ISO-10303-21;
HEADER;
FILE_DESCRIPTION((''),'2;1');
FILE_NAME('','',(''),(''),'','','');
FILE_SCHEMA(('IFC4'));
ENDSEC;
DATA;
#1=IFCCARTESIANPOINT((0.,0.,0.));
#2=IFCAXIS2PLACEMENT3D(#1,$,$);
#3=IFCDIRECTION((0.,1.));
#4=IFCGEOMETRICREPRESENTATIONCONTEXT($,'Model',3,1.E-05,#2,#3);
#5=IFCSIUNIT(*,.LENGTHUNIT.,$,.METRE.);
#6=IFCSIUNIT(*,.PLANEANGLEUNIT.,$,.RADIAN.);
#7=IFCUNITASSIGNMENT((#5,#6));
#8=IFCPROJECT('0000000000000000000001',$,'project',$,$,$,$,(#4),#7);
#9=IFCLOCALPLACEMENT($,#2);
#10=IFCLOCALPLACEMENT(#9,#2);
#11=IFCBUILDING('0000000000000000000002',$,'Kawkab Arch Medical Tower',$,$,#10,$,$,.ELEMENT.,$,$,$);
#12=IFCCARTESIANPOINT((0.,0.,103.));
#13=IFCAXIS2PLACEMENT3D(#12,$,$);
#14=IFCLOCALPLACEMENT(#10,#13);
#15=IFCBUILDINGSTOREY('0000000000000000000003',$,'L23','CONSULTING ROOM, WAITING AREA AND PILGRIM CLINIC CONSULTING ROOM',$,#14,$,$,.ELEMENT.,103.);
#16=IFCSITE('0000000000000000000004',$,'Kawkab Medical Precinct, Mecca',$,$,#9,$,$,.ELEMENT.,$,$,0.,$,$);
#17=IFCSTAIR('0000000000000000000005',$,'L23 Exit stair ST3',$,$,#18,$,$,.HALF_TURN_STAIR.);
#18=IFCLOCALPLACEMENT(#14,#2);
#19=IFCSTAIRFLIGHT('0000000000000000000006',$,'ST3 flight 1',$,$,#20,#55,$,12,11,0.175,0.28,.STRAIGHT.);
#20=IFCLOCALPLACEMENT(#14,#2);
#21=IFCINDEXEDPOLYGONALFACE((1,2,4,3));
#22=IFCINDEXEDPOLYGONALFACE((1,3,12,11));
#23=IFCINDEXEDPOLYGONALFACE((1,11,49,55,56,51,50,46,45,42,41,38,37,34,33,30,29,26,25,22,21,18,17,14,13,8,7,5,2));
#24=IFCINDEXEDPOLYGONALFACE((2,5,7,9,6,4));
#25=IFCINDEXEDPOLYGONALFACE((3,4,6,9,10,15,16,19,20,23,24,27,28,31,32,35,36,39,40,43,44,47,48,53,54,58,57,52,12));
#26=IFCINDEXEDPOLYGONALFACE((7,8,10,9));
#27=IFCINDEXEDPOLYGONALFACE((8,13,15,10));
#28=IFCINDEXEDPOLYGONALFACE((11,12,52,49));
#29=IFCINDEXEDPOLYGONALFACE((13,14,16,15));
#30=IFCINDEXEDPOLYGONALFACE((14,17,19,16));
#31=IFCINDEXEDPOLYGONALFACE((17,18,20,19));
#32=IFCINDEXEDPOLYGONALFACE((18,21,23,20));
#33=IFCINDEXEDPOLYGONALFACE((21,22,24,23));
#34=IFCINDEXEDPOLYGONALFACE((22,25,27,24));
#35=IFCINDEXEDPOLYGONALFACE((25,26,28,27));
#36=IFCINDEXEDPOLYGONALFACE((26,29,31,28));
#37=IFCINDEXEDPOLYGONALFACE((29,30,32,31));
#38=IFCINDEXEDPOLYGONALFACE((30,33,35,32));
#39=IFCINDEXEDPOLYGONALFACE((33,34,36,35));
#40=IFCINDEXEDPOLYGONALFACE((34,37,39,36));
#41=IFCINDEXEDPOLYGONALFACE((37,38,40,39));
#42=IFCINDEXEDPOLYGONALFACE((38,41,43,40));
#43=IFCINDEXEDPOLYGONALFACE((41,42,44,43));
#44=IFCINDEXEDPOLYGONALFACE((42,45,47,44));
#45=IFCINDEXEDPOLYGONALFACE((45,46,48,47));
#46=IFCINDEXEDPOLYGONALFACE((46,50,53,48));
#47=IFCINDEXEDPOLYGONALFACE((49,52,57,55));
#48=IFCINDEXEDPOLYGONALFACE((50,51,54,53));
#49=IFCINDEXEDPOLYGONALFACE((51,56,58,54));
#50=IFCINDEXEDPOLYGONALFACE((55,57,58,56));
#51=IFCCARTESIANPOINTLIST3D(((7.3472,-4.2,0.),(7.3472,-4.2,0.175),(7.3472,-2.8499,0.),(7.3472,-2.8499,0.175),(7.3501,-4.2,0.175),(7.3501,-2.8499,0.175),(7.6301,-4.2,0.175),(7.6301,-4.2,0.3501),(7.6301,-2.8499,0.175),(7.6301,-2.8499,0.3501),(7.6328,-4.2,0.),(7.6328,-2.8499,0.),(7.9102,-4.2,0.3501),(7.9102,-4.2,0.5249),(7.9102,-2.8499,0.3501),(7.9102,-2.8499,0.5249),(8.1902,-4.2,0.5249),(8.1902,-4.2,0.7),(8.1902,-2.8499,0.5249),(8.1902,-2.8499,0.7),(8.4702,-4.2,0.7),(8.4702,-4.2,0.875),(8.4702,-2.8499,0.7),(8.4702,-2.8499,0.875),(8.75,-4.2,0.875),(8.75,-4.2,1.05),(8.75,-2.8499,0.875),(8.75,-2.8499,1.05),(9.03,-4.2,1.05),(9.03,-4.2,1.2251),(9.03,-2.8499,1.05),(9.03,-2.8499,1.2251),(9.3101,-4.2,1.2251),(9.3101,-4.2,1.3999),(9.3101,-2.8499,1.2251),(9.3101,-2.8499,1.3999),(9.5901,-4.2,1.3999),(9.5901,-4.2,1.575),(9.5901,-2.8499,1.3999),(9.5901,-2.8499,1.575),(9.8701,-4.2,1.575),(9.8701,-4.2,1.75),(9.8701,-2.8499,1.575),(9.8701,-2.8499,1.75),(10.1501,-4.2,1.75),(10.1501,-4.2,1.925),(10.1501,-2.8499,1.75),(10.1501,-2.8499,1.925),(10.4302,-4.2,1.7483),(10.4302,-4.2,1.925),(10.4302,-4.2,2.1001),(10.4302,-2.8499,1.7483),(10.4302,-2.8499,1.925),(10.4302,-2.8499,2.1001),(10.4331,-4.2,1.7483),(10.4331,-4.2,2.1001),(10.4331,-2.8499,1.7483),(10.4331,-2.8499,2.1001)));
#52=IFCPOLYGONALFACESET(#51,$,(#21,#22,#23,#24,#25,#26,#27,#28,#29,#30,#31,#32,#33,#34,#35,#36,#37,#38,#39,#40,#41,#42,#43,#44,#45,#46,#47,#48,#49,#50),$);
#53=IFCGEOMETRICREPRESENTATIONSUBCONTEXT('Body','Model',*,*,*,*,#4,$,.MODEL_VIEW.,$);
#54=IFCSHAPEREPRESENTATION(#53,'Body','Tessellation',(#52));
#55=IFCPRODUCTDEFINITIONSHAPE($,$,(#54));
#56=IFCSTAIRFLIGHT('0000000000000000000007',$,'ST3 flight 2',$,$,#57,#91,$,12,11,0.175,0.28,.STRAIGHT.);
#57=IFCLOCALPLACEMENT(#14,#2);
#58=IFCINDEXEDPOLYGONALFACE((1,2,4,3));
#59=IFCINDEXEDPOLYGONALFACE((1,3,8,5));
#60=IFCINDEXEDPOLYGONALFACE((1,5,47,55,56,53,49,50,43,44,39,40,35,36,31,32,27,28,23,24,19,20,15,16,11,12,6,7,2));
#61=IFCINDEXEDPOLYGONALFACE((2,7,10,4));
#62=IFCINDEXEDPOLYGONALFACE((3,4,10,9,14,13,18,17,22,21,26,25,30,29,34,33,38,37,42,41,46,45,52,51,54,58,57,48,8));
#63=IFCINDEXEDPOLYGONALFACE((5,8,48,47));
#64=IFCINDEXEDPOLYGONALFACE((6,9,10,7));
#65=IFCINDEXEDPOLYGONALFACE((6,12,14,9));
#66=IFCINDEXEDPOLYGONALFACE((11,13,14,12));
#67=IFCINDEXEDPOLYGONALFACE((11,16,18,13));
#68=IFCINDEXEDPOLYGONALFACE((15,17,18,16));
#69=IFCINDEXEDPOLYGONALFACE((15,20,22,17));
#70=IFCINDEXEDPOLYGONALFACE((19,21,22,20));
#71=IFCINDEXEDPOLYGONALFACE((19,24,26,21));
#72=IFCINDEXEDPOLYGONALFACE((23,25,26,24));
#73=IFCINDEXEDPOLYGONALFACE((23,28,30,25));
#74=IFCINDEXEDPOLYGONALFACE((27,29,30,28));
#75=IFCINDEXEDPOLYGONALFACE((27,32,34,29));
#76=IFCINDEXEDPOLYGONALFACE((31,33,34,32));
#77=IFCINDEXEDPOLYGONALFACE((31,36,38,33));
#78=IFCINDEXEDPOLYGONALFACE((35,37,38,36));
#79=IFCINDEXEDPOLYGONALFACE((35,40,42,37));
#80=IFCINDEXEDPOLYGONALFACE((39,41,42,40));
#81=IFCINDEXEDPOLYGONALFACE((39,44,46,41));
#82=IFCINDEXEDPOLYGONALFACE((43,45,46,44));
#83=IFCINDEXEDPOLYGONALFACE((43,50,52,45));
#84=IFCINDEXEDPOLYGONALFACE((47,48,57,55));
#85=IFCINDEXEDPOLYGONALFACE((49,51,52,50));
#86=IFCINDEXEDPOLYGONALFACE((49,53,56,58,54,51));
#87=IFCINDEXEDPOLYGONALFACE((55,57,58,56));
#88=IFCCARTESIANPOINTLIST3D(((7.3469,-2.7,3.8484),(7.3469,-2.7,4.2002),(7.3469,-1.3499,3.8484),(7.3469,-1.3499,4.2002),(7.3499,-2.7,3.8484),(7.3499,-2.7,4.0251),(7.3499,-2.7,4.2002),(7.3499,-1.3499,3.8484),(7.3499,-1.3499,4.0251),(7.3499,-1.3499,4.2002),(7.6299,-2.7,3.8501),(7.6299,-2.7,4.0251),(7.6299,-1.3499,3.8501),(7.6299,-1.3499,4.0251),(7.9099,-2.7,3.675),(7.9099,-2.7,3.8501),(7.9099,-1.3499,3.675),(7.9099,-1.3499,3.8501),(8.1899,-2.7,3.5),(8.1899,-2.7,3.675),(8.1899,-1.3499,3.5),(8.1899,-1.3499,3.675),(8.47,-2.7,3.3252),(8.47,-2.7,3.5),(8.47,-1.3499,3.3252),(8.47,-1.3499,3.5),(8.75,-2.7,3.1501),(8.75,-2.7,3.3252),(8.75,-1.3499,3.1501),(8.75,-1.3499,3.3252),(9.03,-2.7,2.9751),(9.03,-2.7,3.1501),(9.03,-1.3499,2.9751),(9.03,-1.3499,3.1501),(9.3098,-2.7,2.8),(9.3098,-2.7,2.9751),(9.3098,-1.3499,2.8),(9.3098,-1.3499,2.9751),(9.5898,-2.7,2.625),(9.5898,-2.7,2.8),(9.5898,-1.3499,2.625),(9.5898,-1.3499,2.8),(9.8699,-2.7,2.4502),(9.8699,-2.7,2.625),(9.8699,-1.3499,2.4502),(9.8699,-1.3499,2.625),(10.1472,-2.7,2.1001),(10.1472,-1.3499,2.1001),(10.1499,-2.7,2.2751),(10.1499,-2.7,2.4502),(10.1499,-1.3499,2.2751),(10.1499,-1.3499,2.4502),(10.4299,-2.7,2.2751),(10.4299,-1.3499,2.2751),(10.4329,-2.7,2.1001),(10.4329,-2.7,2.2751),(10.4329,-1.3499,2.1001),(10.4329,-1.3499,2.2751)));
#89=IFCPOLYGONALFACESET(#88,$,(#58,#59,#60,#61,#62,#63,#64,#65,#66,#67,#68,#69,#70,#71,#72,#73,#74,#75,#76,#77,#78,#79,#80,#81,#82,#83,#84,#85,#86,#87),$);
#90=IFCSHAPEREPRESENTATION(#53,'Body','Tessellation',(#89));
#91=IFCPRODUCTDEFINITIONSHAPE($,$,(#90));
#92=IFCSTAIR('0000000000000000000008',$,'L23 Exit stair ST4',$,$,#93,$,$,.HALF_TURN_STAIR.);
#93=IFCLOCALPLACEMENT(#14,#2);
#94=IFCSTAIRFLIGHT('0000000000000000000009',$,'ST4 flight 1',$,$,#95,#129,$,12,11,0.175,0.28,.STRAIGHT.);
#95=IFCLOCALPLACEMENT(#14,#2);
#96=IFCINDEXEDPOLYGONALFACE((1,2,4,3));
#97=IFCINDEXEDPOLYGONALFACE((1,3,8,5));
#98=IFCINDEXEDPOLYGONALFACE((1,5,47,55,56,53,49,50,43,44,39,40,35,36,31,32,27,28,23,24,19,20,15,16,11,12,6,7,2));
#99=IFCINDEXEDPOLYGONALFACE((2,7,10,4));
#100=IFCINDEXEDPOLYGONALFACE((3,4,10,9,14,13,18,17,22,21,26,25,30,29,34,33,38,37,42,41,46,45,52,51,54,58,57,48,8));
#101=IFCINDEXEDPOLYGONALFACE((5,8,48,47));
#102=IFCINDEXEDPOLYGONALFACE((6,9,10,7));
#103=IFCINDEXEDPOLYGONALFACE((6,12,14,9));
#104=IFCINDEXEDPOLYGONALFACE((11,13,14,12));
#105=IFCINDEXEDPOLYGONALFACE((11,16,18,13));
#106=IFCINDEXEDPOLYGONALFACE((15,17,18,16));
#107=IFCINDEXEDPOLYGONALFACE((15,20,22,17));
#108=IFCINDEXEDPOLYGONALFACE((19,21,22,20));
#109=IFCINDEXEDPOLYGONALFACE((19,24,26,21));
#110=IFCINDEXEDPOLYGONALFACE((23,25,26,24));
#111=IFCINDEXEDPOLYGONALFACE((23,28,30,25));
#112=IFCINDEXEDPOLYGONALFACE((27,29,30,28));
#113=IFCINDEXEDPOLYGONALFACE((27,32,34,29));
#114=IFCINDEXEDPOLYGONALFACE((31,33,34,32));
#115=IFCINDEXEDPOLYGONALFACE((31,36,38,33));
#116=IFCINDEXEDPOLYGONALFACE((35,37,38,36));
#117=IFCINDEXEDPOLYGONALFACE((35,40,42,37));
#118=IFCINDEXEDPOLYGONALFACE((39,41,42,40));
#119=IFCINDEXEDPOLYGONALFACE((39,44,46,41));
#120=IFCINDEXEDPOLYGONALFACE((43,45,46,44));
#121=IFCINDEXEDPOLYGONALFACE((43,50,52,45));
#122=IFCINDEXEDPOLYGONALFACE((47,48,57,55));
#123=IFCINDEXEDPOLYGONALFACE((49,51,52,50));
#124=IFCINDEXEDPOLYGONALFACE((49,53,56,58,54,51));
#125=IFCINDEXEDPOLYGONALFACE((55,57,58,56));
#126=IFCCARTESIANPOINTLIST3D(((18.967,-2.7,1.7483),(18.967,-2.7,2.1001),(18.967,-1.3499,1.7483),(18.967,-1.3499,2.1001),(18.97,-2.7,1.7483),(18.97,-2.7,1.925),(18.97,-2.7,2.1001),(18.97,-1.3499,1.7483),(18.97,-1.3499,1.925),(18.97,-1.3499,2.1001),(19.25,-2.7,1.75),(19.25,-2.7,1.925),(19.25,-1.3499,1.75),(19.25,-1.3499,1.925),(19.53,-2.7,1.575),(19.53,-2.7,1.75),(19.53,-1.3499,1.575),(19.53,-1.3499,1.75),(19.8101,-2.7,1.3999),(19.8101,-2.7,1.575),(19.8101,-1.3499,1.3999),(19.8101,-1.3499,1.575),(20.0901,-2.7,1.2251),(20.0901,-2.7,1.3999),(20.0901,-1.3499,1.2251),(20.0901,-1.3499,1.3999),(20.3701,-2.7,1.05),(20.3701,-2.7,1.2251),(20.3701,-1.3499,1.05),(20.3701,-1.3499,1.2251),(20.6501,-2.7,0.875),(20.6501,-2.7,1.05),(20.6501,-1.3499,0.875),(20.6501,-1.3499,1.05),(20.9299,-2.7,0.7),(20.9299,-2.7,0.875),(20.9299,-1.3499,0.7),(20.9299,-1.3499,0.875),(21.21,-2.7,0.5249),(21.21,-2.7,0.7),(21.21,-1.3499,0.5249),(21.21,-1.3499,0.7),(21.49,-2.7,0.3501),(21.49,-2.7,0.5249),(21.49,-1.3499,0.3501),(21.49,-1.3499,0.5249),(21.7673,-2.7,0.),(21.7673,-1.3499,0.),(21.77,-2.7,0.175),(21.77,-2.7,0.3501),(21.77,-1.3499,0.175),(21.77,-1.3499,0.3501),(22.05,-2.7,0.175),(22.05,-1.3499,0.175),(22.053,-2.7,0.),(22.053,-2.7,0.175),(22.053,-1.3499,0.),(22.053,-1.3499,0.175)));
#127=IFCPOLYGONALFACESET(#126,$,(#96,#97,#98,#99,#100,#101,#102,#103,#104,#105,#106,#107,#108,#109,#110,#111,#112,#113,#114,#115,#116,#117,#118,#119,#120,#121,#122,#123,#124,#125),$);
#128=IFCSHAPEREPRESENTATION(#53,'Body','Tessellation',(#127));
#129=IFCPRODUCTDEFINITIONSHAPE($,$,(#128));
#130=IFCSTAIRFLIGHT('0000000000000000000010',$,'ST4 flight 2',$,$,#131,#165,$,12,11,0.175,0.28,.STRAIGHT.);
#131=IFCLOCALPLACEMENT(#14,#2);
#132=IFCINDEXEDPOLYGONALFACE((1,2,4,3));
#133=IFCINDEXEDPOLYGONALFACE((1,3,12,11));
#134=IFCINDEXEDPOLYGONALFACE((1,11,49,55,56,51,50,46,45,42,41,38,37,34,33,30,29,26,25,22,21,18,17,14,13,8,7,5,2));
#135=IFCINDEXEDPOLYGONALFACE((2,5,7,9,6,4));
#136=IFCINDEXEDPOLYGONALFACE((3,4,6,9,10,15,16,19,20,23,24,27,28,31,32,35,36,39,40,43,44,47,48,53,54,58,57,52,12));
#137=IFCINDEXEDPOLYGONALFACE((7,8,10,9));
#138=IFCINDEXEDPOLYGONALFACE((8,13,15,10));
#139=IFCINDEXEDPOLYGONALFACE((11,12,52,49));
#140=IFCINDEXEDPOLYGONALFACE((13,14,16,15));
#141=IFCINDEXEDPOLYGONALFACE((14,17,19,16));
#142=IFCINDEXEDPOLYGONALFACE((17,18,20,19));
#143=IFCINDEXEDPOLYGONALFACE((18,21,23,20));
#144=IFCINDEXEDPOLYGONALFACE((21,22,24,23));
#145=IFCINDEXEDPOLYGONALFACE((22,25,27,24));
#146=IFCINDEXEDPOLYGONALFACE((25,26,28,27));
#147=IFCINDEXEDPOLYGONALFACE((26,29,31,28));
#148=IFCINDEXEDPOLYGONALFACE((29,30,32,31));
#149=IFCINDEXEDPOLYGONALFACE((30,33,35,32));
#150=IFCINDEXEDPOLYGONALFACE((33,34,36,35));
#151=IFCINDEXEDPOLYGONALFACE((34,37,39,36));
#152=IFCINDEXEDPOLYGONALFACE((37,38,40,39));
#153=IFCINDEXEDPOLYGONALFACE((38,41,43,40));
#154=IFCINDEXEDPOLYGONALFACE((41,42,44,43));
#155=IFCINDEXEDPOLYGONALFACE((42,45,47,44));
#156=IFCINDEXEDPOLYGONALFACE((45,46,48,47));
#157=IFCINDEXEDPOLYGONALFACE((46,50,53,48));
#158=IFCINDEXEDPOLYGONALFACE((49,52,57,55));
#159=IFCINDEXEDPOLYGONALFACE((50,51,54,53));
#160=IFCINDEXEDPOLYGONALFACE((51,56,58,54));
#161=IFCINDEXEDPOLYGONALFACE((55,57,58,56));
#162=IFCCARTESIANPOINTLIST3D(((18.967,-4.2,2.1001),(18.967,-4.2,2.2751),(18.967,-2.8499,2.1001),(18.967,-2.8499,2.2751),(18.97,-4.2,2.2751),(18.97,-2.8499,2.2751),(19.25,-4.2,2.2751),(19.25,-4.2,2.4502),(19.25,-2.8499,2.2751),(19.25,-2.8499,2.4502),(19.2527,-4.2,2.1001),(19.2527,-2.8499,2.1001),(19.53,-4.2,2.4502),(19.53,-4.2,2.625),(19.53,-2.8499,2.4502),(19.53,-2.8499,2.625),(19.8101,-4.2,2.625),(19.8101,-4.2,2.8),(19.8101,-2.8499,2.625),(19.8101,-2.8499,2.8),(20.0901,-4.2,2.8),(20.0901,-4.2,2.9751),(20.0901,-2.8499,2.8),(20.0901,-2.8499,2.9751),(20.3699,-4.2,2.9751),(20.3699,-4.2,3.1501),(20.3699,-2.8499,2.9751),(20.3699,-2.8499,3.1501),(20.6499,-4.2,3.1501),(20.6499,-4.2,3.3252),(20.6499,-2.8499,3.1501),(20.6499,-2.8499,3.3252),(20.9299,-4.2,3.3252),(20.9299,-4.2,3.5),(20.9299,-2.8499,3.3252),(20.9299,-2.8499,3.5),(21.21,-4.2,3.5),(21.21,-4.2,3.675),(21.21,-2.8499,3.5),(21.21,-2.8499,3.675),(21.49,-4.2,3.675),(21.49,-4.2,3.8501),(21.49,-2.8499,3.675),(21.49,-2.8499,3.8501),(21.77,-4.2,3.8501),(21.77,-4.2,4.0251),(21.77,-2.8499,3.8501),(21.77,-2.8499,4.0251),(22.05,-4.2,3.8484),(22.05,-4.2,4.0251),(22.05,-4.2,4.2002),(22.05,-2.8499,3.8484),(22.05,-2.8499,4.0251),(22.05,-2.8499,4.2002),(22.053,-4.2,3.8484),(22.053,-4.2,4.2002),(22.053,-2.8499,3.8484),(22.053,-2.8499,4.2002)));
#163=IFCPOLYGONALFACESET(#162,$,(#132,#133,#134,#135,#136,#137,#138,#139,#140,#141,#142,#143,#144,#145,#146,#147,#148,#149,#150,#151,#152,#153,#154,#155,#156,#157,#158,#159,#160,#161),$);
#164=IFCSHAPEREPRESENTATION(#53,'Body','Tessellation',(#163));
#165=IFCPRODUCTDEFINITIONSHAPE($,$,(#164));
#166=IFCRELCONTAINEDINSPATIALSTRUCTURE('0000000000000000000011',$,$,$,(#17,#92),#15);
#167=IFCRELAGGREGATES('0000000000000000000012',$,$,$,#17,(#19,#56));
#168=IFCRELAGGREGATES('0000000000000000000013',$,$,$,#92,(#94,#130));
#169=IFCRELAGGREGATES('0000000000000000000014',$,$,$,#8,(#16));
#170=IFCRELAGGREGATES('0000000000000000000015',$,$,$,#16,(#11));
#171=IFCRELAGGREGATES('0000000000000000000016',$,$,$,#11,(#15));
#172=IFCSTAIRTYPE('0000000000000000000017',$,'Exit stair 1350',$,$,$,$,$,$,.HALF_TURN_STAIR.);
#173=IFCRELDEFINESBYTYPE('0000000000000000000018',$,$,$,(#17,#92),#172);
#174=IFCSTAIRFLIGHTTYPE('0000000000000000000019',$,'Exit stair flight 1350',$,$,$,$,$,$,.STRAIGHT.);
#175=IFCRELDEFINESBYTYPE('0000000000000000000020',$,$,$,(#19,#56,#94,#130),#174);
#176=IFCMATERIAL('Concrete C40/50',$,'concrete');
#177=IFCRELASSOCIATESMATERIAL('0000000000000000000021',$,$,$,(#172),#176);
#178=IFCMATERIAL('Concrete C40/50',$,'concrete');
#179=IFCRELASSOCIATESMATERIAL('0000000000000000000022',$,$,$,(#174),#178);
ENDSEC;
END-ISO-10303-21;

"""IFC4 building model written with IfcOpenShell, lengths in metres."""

from ifc_helpers import new_model, si_unit, direction, frame, origin, place, context, subcontext, project, spatial, polyline, outline, extrude, material, type_object, element, aggregate, save


model = new_model("IFC4")

# Units and contexts
model_context = context("Model", 3, precision=1e-05, world=origin(), true_north=direction((0.0, 1.0)))
body_context = subcontext(model_context, "Body", "Model", "MODEL_VIEW")
ifc_project = project(units=[si_unit("LENGTHUNIT", "METRE"), si_unit("PLANEANGLEUNIT", "RADIAN")], contexts=[model_context])

# Site, building, storey
site_placement = place(None, origin())
site = spatial("IfcSite", under=ifc_project, at=site_placement, Name="Kawkab Medical Precinct, Mecca", CompositionType="ELEMENT", RefElevation=0.0)
building_placement = place(site_placement, origin())
building = spatial("IfcBuilding", under=site, at=building_placement, Name="Kawkab Arch Medical Tower", CompositionType="ELEMENT")
storey_placement = place(building_placement, frame((0.0, 0.0, 103.0)))
storey = spatial("IfcBuildingStorey", under=building, at=storey_placement, Name="L23", Description="CONSULTING ROOM, WAITING AREA AND PILGRIM CLINIC CONSULTING ROOM", CompositionType="ELEMENT", Elevation=103.0)

# Shared definitions
placement = place(storey_placement, origin())

# Stairs, stair flights
ifc_material_1 = material(Name="Concrete C40/50", Category="concrete")
stair_type = type_object("IfcStairType", Name="Exit stair 1350", PredefinedType="HALF_TURN_STAIR", material=ifc_material_1)
stair_1 = element("IfcStair", 1, at=placement, inside=storey, type_object=stair_type, Name="L23 Exit stair ST3", PredefinedType="HALF_TURN_STAIR")
ifc_material_2 = material(Name="Concrete C40/50", Category="concrete")
stair_flight_type = type_object("IfcStairFlightType", Name="Exit stair flight 1350", PredefinedType="STRAIGHT", material=ifc_material_2)
stair_flight_1_placement = place(storey_placement, frame((7.3501, -3.5249, 0.0), z_axis=(0.0, 0.0, 1.0), x_axis=(1.0, 0.0, 0.0)))
stair_flight_1 = element("IfcStairFlight", 2, at=stair_flight_1_placement, type_object=stair_flight_type, Name="ST3 flight 1", NumberOfRisers=12, NumberOfTreads=11, PredefinedType="STRAIGHT", RiserHeight=0.175, TreadLength=0.28, context=body_context, shape_type="SweptSolid", body=[
    extrude(outline(polyline([(-0.0029, 0.0), (-0.0029, 0.175), (0.0, 0.175), (0.28, 0.175), (0.28, 0.3501), (0.5601, 0.3501), (0.5601, 0.5249), (0.8401, 0.5249), (0.8401, 0.7), (1.1201, 0.7), (1.1201, 0.875), (1.3999, 0.875), (1.3999, 1.05), (1.6799, 1.05), (1.6799, 1.2251), (1.96, 1.2251), (1.96, 1.3999), (2.24, 1.3999), (2.24, 1.575), (2.52, 1.575), (2.52, 1.75), (2.8, 1.75), (2.8, 1.925), (3.0801, 1.925), (3.0801, 2.1001), (3.083, 2.1001), (3.083, 1.7483), (3.0801, 1.7483), (0.2827, 0.0), (-0.0029, 0.0)])), frame((0.0, 0.675, 0.0), z_axis=(0.0, -1.0, 0.0), x_axis=(1.0, 0.0, 0.0)), (0.0, 0.0, 1.0), 1.3501),
])
stair_flight_2_placement = place(storey_placement, frame((10.4299, -2.0249, 2.1001), z_axis=(0.0, 0.0, 1.0), x_axis=(-1.0, 0.0, 0.0)))
stair_flight_2 = element("IfcStairFlight", 3, at=stair_flight_2_placement, type_object=stair_flight_type, Name="ST3 flight 2", NumberOfRisers=12, NumberOfTreads=11, PredefinedType="STRAIGHT", RiserHeight=0.175, TreadLength=0.28, context=body_context, shape_type="SweptSolid", body=[
    extrude(outline(polyline([(-0.0029, 0.0), (-0.0029, 0.175), (0.0, 0.175), (0.28, 0.175), (0.28, 0.3501), (0.5601, 0.3501), (0.5601, 0.5249), (0.8401, 0.5249), (0.8401, 0.7), (1.1201, 0.7), (1.1201, 0.875), (1.3999, 0.875), (1.3999, 1.05), (1.6799, 1.05), (1.6799, 1.2251), (1.96, 1.2251), (1.96, 1.3999), (2.24, 1.3999), (2.24, 1.575), (2.52, 1.575), (2.52, 1.75), (2.8, 1.75), (2.8, 1.925), (3.0801, 1.925), (3.0801, 2.1001), (3.083, 2.1001), (3.083, 1.7483), (3.0801, 1.7483), (0.2827, 0.0), (-0.0029, 0.0)])), frame((0.0, 0.675, 0.0), z_axis=(0.0, -1.0, 0.0), x_axis=(1.0, 0.0, 0.0)), (0.0, 0.0, 1.0), 1.3501),
])
aggregate(stair_1, [stair_flight_1, stair_flight_2])
stair_2 = element("IfcStair", 4, at=placement, inside=storey, type_object=stair_type, Name="L23 Exit stair ST4", PredefinedType="HALF_TURN_STAIR")
stair_flight_3_placement = place(storey_placement, frame((22.05, -2.0249, 0.0), z_axis=(0.0, 0.0, 1.0), x_axis=(-1.0, 0.0, 0.0)))
stair_flight_3 = element("IfcStairFlight", 5, at=stair_flight_3_placement, type_object=stair_flight_type, Name="ST4 flight 1", NumberOfRisers=12, NumberOfTreads=11, PredefinedType="STRAIGHT", RiserHeight=0.175, TreadLength=0.28, context=body_context, shape_type="SweptSolid", body=[
    extrude(outline(polyline([(-0.0029, 0.0), (-0.0029, 0.175), (0.0, 0.175), (0.28, 0.175), (0.28, 0.3501), (0.5601, 0.3501), (0.5601, 0.5249), (0.8401, 0.5249), (0.8401, 0.7), (1.1201, 0.7), (1.1201, 0.875), (1.3999, 0.875), (1.3999, 1.05), (1.6799, 1.05), (1.6799, 1.2251), (1.96, 1.2251), (1.96, 1.3999), (2.24, 1.3999), (2.24, 1.575), (2.52, 1.575), (2.52, 1.75), (2.8, 1.75), (2.8, 1.925), (3.0801, 1.925), (3.0801, 2.1001), (3.083, 2.1001), (3.083, 1.7483), (3.0801, 1.7483), (0.2827, 0.0), (-0.0029, 0.0)])), frame((0.0, 0.675, 0.0), z_axis=(0.0, -1.0, 0.0), x_axis=(1.0, 0.0, 0.0)), (0.0, 0.0, 1.0), 1.3501),
])
stair_flight_4_placement = place(storey_placement, frame((18.97, -3.5249, 2.1001), z_axis=(0.0, 0.0, 1.0), x_axis=(1.0, 0.0, 0.0)))
stair_flight_4 = element("IfcStairFlight", 6, at=stair_flight_4_placement, type_object=stair_flight_type, Name="ST4 flight 2", NumberOfRisers=12, NumberOfTreads=11, PredefinedType="STRAIGHT", RiserHeight=0.175, TreadLength=0.28, context=body_context, shape_type="SweptSolid", body=[
    extrude(outline(polyline([(-0.0029, 0.0), (-0.0029, 0.175), (0.0, 0.175), (0.28, 0.175), (0.28, 0.3501), (0.5601, 0.3501), (0.5601, 0.5249), (0.8401, 0.5249), (0.8401, 0.7), (1.1201, 0.7), (1.1201, 0.875), (1.3999, 0.875), (1.3999, 1.05), (1.6799, 1.05), (1.6799, 1.2251), (1.96, 1.2251), (1.96, 1.3999), (2.24, 1.3999), (2.24, 1.575), (2.52, 1.575), (2.52, 1.75), (2.8, 1.75), (2.8, 1.925), (3.0801, 1.925), (3.0801, 2.1001), (3.083, 2.1001), (3.083, 1.7483), (3.0801, 1.7483), (0.2827, 0.0), (-0.0029, 0.0)])), frame((0.0, 0.675, 0.0), z_axis=(0.0, -1.0, 0.0), x_axis=(1.0, 0.0, 0.0)), (0.0, 0.0, 1.0), 1.3501),
])
aggregate(stair_2, [stair_flight_3, stair_flight_4])

save(model, "model.ifc")
